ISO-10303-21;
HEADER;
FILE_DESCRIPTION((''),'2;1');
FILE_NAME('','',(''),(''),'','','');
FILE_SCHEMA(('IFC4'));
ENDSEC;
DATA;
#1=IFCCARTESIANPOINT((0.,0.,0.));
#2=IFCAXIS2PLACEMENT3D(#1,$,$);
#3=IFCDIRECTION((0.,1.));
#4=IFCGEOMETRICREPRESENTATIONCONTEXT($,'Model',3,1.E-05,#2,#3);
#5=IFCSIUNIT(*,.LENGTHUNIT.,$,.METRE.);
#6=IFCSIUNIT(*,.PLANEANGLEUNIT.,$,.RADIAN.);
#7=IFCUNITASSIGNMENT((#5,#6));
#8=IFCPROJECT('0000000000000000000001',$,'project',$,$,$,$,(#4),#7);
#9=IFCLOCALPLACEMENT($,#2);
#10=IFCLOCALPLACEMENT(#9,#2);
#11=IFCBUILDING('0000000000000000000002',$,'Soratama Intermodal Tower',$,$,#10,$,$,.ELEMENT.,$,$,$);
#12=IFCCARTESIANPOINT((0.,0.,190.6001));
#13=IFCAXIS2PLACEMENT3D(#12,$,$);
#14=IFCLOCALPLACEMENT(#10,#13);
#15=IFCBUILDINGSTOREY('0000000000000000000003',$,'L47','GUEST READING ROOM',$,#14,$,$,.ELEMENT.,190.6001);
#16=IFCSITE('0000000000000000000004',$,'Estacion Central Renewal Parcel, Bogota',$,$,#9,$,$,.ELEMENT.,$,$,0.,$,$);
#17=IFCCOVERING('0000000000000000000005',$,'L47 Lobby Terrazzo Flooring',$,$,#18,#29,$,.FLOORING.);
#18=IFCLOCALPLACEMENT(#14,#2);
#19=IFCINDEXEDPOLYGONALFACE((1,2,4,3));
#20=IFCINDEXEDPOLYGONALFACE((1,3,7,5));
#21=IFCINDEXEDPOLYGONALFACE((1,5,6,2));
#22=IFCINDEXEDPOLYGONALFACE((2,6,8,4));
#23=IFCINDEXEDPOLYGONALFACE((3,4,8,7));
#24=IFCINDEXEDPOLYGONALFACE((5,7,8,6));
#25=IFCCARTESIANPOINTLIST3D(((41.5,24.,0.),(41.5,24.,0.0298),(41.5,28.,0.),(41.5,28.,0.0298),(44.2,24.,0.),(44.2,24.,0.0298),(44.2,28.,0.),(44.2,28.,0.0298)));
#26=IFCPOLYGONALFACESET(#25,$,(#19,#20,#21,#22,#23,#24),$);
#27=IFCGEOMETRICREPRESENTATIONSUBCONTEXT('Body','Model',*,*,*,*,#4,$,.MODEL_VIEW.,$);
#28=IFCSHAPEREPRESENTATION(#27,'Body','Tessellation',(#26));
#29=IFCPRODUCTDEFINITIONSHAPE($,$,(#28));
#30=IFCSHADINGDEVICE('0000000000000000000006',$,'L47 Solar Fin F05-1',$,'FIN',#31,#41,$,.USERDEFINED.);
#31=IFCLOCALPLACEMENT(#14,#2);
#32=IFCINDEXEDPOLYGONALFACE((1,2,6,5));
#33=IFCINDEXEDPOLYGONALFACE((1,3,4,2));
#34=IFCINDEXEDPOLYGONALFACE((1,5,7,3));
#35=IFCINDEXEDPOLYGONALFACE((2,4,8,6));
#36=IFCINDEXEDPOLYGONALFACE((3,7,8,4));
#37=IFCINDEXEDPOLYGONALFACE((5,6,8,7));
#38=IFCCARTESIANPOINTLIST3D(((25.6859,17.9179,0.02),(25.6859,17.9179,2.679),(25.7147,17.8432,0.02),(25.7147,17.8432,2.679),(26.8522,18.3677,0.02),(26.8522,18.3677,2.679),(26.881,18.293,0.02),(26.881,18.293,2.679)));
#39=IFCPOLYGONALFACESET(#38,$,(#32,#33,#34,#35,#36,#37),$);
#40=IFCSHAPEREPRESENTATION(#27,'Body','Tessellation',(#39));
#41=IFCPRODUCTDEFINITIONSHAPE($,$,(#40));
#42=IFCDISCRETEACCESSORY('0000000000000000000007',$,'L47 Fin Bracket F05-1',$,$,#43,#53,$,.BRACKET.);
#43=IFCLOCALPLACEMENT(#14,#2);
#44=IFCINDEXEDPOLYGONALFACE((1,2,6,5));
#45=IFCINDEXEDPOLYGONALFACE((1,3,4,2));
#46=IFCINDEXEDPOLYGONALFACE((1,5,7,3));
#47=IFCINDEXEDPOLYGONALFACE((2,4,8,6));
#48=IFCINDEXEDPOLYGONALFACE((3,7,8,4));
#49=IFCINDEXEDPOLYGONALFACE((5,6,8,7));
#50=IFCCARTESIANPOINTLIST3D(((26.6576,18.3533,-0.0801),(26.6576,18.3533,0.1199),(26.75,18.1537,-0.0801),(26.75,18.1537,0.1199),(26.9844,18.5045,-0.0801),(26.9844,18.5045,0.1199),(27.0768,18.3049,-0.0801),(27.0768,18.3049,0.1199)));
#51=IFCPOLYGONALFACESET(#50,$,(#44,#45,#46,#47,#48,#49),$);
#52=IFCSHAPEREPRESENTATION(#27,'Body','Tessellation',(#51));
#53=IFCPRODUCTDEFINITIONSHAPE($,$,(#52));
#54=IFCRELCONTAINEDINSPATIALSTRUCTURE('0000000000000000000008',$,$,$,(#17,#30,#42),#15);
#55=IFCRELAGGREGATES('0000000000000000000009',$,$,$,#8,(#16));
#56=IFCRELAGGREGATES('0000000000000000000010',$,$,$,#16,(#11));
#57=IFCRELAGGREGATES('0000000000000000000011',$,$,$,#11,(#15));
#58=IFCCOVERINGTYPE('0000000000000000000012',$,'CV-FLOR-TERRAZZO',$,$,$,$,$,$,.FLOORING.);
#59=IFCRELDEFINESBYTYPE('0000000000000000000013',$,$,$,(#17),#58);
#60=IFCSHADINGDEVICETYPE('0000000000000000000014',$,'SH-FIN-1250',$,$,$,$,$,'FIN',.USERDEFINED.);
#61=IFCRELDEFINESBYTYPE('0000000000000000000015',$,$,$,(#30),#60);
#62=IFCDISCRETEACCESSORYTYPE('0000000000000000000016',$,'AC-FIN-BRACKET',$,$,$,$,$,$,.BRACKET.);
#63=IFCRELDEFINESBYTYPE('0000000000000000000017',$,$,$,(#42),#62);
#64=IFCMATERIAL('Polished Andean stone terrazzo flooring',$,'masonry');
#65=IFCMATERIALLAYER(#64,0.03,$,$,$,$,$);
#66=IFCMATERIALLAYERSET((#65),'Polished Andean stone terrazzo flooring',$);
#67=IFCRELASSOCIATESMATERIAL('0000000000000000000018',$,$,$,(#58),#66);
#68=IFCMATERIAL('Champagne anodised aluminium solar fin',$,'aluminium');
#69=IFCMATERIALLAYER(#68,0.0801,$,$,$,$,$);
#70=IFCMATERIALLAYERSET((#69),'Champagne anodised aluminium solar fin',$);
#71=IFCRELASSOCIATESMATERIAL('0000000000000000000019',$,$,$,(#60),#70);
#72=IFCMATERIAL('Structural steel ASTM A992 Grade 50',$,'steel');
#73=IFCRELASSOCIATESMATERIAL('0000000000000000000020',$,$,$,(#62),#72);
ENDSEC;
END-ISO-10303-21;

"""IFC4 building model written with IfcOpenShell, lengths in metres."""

from ifc_helpers import new_model, si_unit, direction, frame, origin, origin_2d, place, context, subcontext, project, spatial, polyline, rectangle, outline, extrude, material, layer, layer_set, type_object, element, save


model = new_model("IFC4")

# Units and contexts
model_context = context("Model", 3, precision=1e-05, world=origin(), true_north=direction((0.0, 1.0)))
body_context = subcontext(model_context, "Body", "Model", "MODEL_VIEW")
ifc_project = project(units=[si_unit("LENGTHUNIT", "METRE"), si_unit("PLANEANGLEUNIT", "RADIAN")], contexts=[model_context])

# Site, building, storey
site_placement = place(None, origin())
site = spatial("IfcSite", under=ifc_project, at=site_placement, Name="Estacion Central Renewal Parcel, Bogota", CompositionType="ELEMENT", RefElevation=0.0)
building_placement = place(site_placement, origin())
building = spatial("IfcBuilding", under=site, at=building_placement, Name="Soratama Intermodal Tower", CompositionType="ELEMENT")
storey_placement = place(building_placement, frame((0.0, 0.0, 190.6001)))
storey = spatial("IfcBuildingStorey", under=building, at=storey_placement, Name="L47", Description="GUEST READING ROOM", CompositionType="ELEMENT", Elevation=190.6001)

# Covering
ifc_material_1 = material(Name="Polished Andean stone terrazzo flooring", Category="masonry")
ifc_layer_1 = layer(ifc_material_1, 0.03)
ifc_layer_set_1 = layer_set([ifc_layer_1], Name="Polished Andean stone terrazzo flooring")
covering_type_1 = type_object("IfcCoveringType", Name="CV-FLOR-TERRAZZO", PredefinedType="FLOORING", material=ifc_layer_set_1)
covering_1_placement = place(storey_placement, origin())
element("IfcCovering", 1, at=covering_1_placement, inside=storey, type_object=covering_type_1, Name="L47 Lobby Terrazzo Flooring", PredefinedType="FLOORING", context=body_context, shape_type="SweptSolid", body=[
    extrude(outline(polyline([(41.5, 24.0), (44.2, 24.0), (44.2, 28.0), (41.5, 28.0), (41.5, 24.0)])), origin(), (0.0, 0.0, 1.0), 0.0298),
])

# Shading device
ifc_material_2 = material(Name="Champagne anodised aluminium solar fin", Category="aluminium")
ifc_layer_2 = layer(ifc_material_2, 0.0801)
ifc_layer_set_2 = layer_set([ifc_layer_2], Name="Champagne anodised aluminium solar fin")
shading_device_type = type_object("IfcShadingDeviceType", Name="SH-FIN-1250", ElementType="FIN", PredefinedType="USERDEFINED", material=ifc_layer_set_2)
shading_device_placement = place(storey_placement, frame((26.2834, 18.1055, 0.02), z_axis=(0.0, 0.0, 1.0), x_axis=(-0.933016, -0.359834, 0.0)))
element("IfcShadingDevice", 2, at=shading_device_placement, inside=storey, type_object=shading_device_type, Name="L47 Solar Fin F05-1", ObjectType="FIN", PredefinedType="USERDEFINED", context=body_context, shape_type="SweptSolid", body=[
    extrude(rectangle(XDim=1.25, YDim=0.0801, at=origin_2d()), origin(), (0.0, 0.0, 1.0), 2.6589),
])

# Discrete accessory
ifc_material_3 = material(Name="Structural steel ASTM A992 Grade 50", Category="steel")
discrete_accessory_type = type_object("IfcDiscreteAccessoryType", Name="AC-FIN-BRACKET", PredefinedType="BRACKET", material=ifc_material_3)
discrete_accessory_placement = place(storey_placement, frame((26.8672, 18.3291, -0.0801), z_axis=(0.0, 0.0, 1.0), x_axis=(-0.907484, -0.420086, 0.0)))
element("IfcDiscreteAccessory", 3, at=discrete_accessory_placement, inside=storey, type_object=discrete_accessory_type, Name="L47 Fin Bracket F05-1", PredefinedType="BRACKET", context=body_context, shape_type="SweptSolid", body=[
    extrude(rectangle(XDim=0.3601, YDim=0.22, at=origin_2d()), origin(), (0.0, 0.0, 1.0), 0.2),
])

save(model, "model.ifc")
